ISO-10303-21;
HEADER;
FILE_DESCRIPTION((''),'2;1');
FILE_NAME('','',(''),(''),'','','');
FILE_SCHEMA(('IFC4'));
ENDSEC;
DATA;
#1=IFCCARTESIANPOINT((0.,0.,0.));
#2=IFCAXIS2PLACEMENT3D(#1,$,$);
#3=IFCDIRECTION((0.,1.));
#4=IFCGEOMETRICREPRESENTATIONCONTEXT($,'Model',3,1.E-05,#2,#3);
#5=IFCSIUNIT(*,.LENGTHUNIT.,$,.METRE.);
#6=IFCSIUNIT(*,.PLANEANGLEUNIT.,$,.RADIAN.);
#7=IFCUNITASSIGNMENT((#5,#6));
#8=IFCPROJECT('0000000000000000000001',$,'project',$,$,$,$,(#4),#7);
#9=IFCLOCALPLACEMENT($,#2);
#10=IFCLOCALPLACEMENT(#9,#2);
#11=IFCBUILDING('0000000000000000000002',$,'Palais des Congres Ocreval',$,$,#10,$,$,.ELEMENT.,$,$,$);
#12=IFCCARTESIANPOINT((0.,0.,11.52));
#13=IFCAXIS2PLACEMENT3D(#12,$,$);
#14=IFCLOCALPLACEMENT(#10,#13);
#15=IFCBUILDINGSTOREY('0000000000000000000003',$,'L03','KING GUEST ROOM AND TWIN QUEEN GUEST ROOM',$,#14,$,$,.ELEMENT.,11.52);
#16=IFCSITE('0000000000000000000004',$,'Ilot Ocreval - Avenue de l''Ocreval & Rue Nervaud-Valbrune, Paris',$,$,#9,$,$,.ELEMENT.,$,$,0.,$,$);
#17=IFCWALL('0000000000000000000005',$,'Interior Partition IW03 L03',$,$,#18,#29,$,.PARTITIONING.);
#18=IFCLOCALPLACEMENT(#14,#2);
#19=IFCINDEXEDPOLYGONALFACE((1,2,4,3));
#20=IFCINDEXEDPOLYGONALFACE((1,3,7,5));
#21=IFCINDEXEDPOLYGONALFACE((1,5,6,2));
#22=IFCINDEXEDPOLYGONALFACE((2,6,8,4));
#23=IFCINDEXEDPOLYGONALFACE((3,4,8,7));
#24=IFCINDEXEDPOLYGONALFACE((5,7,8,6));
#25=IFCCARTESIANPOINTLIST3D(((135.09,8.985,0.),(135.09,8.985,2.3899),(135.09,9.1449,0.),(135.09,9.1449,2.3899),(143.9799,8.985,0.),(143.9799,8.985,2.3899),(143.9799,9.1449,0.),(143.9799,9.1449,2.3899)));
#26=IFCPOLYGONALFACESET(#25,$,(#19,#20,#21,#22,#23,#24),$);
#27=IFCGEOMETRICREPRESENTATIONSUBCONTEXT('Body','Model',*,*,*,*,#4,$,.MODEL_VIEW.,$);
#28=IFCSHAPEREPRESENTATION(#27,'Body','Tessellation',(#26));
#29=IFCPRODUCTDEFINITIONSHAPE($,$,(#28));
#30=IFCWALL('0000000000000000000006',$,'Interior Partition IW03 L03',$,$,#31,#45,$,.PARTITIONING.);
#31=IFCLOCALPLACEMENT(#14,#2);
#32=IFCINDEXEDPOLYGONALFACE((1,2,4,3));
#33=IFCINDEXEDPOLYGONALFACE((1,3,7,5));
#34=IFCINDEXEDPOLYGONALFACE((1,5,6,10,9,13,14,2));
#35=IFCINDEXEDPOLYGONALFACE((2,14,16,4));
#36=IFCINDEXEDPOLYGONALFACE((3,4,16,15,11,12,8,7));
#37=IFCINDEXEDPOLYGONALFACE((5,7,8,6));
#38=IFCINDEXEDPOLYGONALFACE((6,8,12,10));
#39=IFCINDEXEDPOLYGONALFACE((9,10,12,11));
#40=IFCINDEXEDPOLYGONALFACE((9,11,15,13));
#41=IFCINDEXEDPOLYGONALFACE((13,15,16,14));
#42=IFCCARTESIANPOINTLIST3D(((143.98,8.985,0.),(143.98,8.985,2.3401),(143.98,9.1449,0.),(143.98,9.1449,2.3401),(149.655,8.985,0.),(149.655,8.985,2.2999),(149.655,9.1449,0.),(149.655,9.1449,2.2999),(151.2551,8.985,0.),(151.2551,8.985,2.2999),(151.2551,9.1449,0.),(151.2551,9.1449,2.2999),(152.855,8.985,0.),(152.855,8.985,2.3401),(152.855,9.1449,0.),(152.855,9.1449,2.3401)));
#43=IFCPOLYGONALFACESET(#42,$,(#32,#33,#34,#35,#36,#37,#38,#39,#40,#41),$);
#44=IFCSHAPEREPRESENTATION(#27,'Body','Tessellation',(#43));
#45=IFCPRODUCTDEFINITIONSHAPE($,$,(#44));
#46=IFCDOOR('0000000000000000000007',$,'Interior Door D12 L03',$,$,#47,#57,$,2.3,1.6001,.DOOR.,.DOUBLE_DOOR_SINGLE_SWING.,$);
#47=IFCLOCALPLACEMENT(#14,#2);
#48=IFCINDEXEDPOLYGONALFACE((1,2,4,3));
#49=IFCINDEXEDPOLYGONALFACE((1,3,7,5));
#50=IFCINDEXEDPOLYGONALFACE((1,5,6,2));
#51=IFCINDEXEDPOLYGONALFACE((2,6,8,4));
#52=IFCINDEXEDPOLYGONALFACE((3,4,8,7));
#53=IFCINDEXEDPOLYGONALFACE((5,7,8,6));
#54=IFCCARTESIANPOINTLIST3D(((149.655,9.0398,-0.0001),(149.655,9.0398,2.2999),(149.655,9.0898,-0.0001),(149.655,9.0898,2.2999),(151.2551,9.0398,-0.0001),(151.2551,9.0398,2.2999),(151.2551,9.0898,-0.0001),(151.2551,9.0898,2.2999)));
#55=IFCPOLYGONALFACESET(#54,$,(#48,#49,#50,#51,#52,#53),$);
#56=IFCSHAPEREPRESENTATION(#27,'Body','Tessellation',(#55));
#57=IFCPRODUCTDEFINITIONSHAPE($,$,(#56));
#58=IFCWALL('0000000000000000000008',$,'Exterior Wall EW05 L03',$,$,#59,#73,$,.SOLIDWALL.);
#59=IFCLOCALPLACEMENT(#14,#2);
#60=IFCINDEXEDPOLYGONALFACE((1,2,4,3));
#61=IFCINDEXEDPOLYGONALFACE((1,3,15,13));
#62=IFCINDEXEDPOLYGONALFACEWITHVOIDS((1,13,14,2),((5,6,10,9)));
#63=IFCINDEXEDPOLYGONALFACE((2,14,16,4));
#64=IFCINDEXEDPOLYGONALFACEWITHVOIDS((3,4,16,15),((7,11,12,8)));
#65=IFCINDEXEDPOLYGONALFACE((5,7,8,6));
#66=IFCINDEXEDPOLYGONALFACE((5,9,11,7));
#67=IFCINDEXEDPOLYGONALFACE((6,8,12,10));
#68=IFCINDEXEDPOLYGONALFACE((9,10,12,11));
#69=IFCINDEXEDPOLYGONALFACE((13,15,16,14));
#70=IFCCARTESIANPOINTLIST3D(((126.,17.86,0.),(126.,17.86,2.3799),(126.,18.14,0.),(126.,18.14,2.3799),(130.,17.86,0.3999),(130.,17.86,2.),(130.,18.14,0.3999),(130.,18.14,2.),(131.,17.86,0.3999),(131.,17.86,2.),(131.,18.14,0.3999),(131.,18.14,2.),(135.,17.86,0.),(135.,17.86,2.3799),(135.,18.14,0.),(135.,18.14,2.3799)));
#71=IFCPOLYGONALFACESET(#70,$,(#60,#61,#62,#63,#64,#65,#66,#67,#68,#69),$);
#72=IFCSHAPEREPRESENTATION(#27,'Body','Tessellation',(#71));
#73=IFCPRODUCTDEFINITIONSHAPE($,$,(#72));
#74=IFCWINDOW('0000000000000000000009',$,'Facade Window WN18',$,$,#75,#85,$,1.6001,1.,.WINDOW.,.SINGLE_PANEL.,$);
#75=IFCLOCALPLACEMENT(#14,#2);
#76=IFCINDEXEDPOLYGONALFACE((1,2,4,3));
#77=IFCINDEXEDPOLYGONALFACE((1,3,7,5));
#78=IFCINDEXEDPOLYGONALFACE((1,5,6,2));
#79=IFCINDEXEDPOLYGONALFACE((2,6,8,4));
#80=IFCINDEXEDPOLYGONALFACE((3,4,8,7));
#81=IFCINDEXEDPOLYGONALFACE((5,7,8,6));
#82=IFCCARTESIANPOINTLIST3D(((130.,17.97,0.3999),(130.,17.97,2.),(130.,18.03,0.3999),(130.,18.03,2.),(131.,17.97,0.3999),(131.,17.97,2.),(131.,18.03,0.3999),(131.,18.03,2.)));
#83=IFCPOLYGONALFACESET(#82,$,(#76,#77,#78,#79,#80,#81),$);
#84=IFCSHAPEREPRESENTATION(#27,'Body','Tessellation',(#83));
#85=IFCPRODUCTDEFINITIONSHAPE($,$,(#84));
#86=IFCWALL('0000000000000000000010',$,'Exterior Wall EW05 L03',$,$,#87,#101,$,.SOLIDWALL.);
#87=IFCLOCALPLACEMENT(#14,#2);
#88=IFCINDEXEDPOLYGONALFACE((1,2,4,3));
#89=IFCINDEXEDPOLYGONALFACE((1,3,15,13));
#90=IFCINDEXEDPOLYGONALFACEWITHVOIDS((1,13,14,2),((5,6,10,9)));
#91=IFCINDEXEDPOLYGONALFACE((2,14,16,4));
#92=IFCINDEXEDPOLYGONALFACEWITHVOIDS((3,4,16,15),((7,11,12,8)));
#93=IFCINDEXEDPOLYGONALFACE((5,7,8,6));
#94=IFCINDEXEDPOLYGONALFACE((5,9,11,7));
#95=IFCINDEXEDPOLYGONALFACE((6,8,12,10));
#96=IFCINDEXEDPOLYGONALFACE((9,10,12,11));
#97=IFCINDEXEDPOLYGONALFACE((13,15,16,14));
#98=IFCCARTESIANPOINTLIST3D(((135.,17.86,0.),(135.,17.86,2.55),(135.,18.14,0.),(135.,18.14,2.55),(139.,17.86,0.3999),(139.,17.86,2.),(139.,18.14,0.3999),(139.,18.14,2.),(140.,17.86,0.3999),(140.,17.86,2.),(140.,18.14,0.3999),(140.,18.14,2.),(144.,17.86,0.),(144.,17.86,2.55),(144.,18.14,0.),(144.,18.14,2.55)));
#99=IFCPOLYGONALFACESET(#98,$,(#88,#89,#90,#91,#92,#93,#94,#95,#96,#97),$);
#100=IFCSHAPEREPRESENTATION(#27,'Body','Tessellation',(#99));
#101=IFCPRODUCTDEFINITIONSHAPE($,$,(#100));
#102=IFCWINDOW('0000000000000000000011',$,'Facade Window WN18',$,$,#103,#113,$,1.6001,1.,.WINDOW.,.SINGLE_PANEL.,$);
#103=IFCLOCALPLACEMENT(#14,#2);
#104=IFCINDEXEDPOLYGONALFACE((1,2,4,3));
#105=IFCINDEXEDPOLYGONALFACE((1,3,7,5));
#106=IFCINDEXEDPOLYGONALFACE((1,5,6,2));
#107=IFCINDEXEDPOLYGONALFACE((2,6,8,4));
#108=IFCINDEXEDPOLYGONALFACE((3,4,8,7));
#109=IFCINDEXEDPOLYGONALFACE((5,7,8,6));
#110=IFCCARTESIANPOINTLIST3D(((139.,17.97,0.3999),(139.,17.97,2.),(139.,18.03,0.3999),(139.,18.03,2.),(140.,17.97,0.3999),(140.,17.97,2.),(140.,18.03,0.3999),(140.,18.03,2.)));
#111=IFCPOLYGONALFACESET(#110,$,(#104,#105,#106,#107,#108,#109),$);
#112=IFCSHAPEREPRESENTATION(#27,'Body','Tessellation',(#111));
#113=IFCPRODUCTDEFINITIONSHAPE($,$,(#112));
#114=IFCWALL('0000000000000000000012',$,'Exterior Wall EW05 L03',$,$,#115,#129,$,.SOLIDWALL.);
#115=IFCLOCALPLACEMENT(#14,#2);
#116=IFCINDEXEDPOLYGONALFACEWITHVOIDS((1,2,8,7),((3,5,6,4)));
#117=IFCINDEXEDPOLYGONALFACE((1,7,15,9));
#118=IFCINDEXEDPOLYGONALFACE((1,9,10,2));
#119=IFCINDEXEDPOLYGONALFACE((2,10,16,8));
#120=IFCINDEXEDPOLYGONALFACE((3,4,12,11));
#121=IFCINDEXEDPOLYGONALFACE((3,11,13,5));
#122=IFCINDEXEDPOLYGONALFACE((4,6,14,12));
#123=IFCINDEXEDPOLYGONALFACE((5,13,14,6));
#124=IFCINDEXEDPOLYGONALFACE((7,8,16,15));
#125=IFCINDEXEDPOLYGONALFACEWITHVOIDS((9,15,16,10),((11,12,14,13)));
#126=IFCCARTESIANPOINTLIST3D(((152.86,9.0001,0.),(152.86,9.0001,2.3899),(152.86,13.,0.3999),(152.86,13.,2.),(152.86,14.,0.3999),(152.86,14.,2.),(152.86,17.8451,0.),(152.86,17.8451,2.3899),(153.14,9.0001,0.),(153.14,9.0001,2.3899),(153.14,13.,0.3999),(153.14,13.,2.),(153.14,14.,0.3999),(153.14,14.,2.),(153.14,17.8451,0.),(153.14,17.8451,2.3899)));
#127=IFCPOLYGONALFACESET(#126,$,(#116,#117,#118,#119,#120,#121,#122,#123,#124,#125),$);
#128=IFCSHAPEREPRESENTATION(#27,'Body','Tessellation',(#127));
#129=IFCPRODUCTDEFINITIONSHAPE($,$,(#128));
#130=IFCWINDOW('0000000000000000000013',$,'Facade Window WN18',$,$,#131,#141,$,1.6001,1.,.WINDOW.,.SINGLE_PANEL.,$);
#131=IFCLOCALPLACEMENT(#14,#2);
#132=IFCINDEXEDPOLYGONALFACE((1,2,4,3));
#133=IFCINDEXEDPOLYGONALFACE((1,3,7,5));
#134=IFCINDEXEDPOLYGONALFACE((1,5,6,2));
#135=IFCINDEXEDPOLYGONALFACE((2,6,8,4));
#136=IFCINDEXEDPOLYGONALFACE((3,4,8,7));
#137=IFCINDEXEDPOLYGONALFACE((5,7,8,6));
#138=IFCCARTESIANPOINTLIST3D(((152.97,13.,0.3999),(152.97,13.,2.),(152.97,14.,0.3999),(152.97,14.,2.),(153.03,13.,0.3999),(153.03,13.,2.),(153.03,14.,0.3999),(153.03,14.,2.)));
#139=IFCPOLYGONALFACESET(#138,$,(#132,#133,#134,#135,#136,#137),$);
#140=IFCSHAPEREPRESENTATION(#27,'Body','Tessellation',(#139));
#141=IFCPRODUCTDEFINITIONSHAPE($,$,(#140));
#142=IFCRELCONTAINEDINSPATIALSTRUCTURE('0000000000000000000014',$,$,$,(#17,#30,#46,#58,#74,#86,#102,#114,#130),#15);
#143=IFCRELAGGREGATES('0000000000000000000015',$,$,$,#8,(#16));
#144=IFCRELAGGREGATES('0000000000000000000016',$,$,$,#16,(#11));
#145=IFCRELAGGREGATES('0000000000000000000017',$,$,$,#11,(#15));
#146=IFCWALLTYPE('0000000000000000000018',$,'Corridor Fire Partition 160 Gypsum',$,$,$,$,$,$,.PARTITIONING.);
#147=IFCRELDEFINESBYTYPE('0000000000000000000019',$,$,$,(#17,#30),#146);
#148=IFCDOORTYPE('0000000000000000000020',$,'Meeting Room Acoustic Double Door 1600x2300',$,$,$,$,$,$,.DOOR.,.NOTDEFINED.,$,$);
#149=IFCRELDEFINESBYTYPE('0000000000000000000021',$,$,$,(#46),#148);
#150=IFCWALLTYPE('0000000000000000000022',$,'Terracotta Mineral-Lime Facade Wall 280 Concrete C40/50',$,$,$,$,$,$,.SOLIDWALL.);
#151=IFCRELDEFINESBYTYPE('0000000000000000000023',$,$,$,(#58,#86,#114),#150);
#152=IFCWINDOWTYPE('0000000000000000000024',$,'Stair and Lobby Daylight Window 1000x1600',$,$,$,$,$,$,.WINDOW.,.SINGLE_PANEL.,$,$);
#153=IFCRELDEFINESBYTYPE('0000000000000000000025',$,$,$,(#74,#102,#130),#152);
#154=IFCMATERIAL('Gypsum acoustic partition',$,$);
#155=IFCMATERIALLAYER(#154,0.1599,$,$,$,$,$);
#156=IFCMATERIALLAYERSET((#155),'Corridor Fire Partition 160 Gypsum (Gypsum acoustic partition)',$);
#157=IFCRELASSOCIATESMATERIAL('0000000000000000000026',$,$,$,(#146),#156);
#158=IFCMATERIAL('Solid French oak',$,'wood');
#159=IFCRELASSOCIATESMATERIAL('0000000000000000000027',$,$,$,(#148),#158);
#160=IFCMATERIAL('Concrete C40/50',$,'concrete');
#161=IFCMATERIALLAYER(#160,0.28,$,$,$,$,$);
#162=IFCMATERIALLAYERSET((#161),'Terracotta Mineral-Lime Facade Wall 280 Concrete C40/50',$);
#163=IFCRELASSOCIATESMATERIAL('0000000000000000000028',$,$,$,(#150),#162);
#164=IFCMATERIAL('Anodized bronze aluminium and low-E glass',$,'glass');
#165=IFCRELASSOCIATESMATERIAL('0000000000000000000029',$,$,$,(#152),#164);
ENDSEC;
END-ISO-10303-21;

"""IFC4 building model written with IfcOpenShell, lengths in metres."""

from ifc_helpers import new_model, si_unit, direction, frame, frame_2d, origin, place, context, subcontext, project, spatial, rectangle, extrude, material, layer, layer_set, type_object, element, fill, save


model = new_model("IFC4")

# Units and contexts
model_context = context("Model", 3, precision=1e-05, world=origin(), true_north=direction((0.0, 1.0)))
body_context = subcontext(model_context, "Body", "Model", "MODEL_VIEW")
ifc_project = project(units=[si_unit("LENGTHUNIT", "METRE"), si_unit("PLANEANGLEUNIT", "RADIAN")], contexts=[model_context])

# Site, building, storey
site_placement = place(None, origin())
site = spatial("IfcSite", under=ifc_project, at=site_placement, Name="Ilot Ocreval - Avenue de l'Ocreval & Rue Nervaud-Valbrune, Paris", CompositionType="ELEMENT", RefElevation=0.0)
building_placement = place(site_placement, origin())
building = spatial("IfcBuilding", under=site, at=building_placement, Name="Palais des Congres Ocreval", CompositionType="ELEMENT")
storey_placement = place(building_placement, frame((0.0, 0.0, 11.52)))
storey = spatial("IfcBuildingStorey", under=building, at=storey_placement, Name="L03", Description="KING GUEST ROOM AND TWIN QUEEN GUEST ROOM", CompositionType="ELEMENT", Elevation=11.52)

# Shared definitions
ifc_material_1 = material(Name="Solid French oak", Category="wood")

# Wall
ifc_material_2 = material(Name="Gypsum acoustic partition")
ifc_layer_1 = layer(ifc_material_2, 0.1599)
ifc_layer_set_1 = layer_set([ifc_layer_1], Name="Corridor Fire Partition 160 Gypsum (Gypsum acoustic partition)")
wall_type_1 = type_object("IfcWallType", Name="Corridor Fire Partition 160 Gypsum", PredefinedType="PARTITIONING", material=ifc_layer_set_1)
wall_1_placement = place(storey_placement, frame((135.0901, 9.0649, 0.0), z_axis=(0.0, 0.0, 1.0), x_axis=(1.0, 0.0, 0.0)))
element("IfcWall", 1, at=wall_1_placement, inside=storey, type_object=wall_type_1, Name="Interior Partition IW03 L03", PredefinedType="PARTITIONING", context=body_context, shape_type="SweptSolid", body=[
    extrude(rectangle(XDim=8.8899, YDim=0.1599, at=frame_2d((4.4448, 0.0))), origin(), (0.0, 0.0, 1.0), 2.3899),
])

# Wall, opening, door
wall_2_placement = place(storey_placement, frame((143.98, 9.0649, 0.0), z_axis=(0.0, 0.0, 1.0), x_axis=(1.0, 0.0, 0.0)))
wall_2 = element("IfcWall", 2, at=wall_2_placement, inside=storey, type_object=wall_type_1, Name="Interior Partition IW03 L03", PredefinedType="PARTITIONING", context=body_context, shape_type="SweptSolid", body=[
    extrude(rectangle(XDim=8.875, YDim=0.1599, at=frame_2d((4.4375, 0.0))), origin(), (0.0, 0.0, 1.0), 2.3401),
])
opening_1_placement = place(wall_2_placement, frame((5.675, 0.0, 0.0)))
opening_1 = element("IfcOpeningElement", 3, at=opening_1_placement, cuts=wall_2, PredefinedType="OPENING", context=body_context, shape_type="SweptSolid", body=[
    extrude(rectangle(XDim=1.6001, YDim=2.3, at=frame_2d((0.8, 1.1499))), frame((0.0, 0.0898, 0.0), z_axis=(0.0, -1.0, 0.0), x_axis=(1.0, 0.0, 0.0)), (0.0, 0.0, 1.0), 0.1799),
])
door_type_1 = type_object("IfcDoorType", Name="Meeting Room Acoustic Double Door 1600x2300", OperationType="NOTDEFINED", PredefinedType="DOOR", material=ifc_material_1)
door_1_placement = place(opening_1_placement, origin())
door_1 = element("IfcDoor", 4, at=door_1_placement, inside=storey, type_object=door_type_1, Name="Interior Door D12 L03", OperationType="DOUBLE_DOOR_SINGLE_SWING", OverallHeight=2.3, OverallWidth=1.6001, PredefinedType="DOOR", context=body_context, shape_type="SweptSolid", body=[
    extrude(rectangle(XDim=1.6001, YDim=2.3, at=frame_2d((0.8, 1.1499))), frame((0.0, 0.0249, 0.0), z_axis=(0.0, -1.0, 0.0), x_axis=(1.0, 0.0, 0.0)), (0.0, 0.0, 1.0), 0.05),
])
fill(opening_1, door_1)

# Walls, openings, windows
ifc_material_3 = material(Name="Concrete C40/50", Category="concrete")
ifc_layer_2 = layer(ifc_material_3, 0.28)
ifc_layer_set_2 = layer_set([ifc_layer_2], Name="Terracotta Mineral-Lime Facade Wall 280 Concrete C40/50")
wall_type_2 = type_object("IfcWallType", Name="Terracotta Mineral-Lime Facade Wall 280 Concrete C40/50", PredefinedType="SOLIDWALL", material=ifc_layer_set_2)
wall_3_placement = place(storey_placement, frame((126.0, 18.0, 0.0), z_axis=(0.0, 0.0, 1.0), x_axis=(1.0, 0.0, 0.0)))
wall_3 = element("IfcWall", 5, at=wall_3_placement, inside=storey, type_object=wall_type_2, Name="Exterior Wall EW05 L03", PredefinedType="SOLIDWALL", context=body_context, shape_type="SweptSolid", body=[
    extrude(rectangle(XDim=9.0, YDim=0.28, at=frame_2d((4.5, 0.0))), origin(), (0.0, 0.0, 1.0), 2.3799),
])
opening_2_placement = place(wall_3_placement, frame((4.0, 0.0, 0.3999)))
opening_2 = element("IfcOpeningElement", 6, at=opening_2_placement, cuts=wall_3, PredefinedType="OPENING", context=body_context, shape_type="SweptSolid", body=[
    extrude(rectangle(XDim=1.0, YDim=1.6001, at=frame_2d((0.5, 0.8))), frame((0.0, 0.1499, 0.0), z_axis=(0.0, -1.0, 0.0), x_axis=(1.0, 0.0, 0.0)), (0.0, 0.0, 1.0), 0.3),
])
ifc_material_4 = material(Name="Anodized bronze aluminium and low-E glass", Category="glass")
window_type = type_object("IfcWindowType", Name="Stair and Lobby Daylight Window 1000x1600", PartitioningType="SINGLE_PANEL", PredefinedType="WINDOW", material=ifc_material_4)
window_1_placement = place(opening_2_placement, origin())
window_1 = element("IfcWindow", 7, at=window_1_placement, inside=storey, type_object=window_type, Name="Facade Window WN18", OverallHeight=1.6001, OverallWidth=1.0, PartitioningType="SINGLE_PANEL", PredefinedType="WINDOW", context=body_context, shape_type="SweptSolid", body=[
    extrude(rectangle(XDim=1.0, YDim=1.6001, at=frame_2d((0.5, 0.8))), frame((0.0, 0.03, 0.0), z_axis=(0.0, -1.0, 0.0), x_axis=(1.0, 0.0, 0.0)), (0.0, 0.0, 1.0), 0.0601),
])
fill(opening_2, window_1)
wall_4_placement = place(storey_placement, frame((135.0, 18.0, 0.0), z_axis=(0.0, 0.0, 1.0), x_axis=(1.0, 0.0, 0.0)))
wall_4 = element("IfcWall", 8, at=wall_4_placement, inside=storey, type_object=wall_type_2, Name="Exterior Wall EW05 L03", PredefinedType="SOLIDWALL", context=body_context, shape_type="SweptSolid", body=[
    extrude(rectangle(XDim=9.0, YDim=0.28, at=frame_2d((4.5, 0.0))), origin(), (0.0, 0.0, 1.0), 2.55),
])
opening_3_placement = place(wall_4_placement, frame((4.0, 0.0, 0.3999)))
opening_3 = element("IfcOpeningElement", 9, at=opening_3_placement, cuts=wall_4, PredefinedType="OPENING", context=body_context, shape_type="SweptSolid", body=[
    extrude(rectangle(XDim=1.0, YDim=1.6001, at=frame_2d((0.5, 0.8))), frame((0.0, 0.1499, 0.0), z_axis=(0.0, -1.0, 0.0), x_axis=(1.0, 0.0, 0.0)), (0.0, 0.0, 1.0), 0.3),
])
window_2_placement = place(opening_3_placement, origin())
window_2 = element("IfcWindow", 10, at=window_2_placement, inside=storey, type_object=window_type, Name="Facade Window WN18", OverallHeight=1.6001, OverallWidth=1.0, PartitioningType="SINGLE_PANEL", PredefinedType="WINDOW", context=body_context, shape_type="SweptSolid", body=[
    extrude(rectangle(XDim=1.0, YDim=1.6001, at=frame_2d((0.5, 0.8))), frame((0.0, 0.03, 0.0), z_axis=(0.0, -1.0, 0.0), x_axis=(1.0, 0.0, 0.0)), (0.0, 0.0, 1.0), 0.0601),
])
fill(opening_3, window_2)
wall_5_placement = place(storey_placement, frame((153.0, 17.845, 0.0), z_axis=(0.0, 0.0, 1.0), x_axis=(0.0, -1.0, 0.0)))
wall_5 = element("IfcWall", 11, at=wall_5_placement, inside=storey, type_object=wall_type_2, Name="Exterior Wall EW05 L03", PredefinedType="SOLIDWALL", context=body_context, shape_type="SweptSolid", body=[
    extrude(rectangle(XDim=8.845, YDim=0.28, at=frame_2d((4.4224, 0.0))), origin(), (0.0, 0.0, 1.0), 2.3899),
])
opening_4_placement = place(wall_5_placement, frame((3.845, 0.0, 0.3999)))
opening_4 = element("IfcOpeningElement", 12, at=opening_4_placement, cuts=wall_5, PredefinedType="OPENING", context=body_context, shape_type="SweptSolid", body=[
    extrude(rectangle(XDim=1.0, YDim=1.6001, at=frame_2d((0.5, 0.8))), frame((0.0, 0.1499, 0.0), z_axis=(0.0, -1.0, 0.0), x_axis=(1.0, 0.0, 0.0)), (0.0, 0.0, 1.0), 0.3),
])
window_3_placement = place(opening_4_placement, origin())
window_3 = element("IfcWindow", 13, at=window_3_placement, inside=storey, type_object=window_type, Name="Facade Window WN18", OverallHeight=1.6001, OverallWidth=1.0, PartitioningType="SINGLE_PANEL", PredefinedType="WINDOW", context=body_context, shape_type="SweptSolid", body=[
    extrude(rectangle(XDim=1.0, YDim=1.6001, at=frame_2d((0.5, 0.8))), frame((0.0, 0.03, 0.0), z_axis=(0.0, -1.0, 0.0), x_axis=(1.0, 0.0, 0.0)), (0.0, 0.0, 1.0), 0.0601),
])
fill(opening_4, window_3)

save(model, "model.ifc")
